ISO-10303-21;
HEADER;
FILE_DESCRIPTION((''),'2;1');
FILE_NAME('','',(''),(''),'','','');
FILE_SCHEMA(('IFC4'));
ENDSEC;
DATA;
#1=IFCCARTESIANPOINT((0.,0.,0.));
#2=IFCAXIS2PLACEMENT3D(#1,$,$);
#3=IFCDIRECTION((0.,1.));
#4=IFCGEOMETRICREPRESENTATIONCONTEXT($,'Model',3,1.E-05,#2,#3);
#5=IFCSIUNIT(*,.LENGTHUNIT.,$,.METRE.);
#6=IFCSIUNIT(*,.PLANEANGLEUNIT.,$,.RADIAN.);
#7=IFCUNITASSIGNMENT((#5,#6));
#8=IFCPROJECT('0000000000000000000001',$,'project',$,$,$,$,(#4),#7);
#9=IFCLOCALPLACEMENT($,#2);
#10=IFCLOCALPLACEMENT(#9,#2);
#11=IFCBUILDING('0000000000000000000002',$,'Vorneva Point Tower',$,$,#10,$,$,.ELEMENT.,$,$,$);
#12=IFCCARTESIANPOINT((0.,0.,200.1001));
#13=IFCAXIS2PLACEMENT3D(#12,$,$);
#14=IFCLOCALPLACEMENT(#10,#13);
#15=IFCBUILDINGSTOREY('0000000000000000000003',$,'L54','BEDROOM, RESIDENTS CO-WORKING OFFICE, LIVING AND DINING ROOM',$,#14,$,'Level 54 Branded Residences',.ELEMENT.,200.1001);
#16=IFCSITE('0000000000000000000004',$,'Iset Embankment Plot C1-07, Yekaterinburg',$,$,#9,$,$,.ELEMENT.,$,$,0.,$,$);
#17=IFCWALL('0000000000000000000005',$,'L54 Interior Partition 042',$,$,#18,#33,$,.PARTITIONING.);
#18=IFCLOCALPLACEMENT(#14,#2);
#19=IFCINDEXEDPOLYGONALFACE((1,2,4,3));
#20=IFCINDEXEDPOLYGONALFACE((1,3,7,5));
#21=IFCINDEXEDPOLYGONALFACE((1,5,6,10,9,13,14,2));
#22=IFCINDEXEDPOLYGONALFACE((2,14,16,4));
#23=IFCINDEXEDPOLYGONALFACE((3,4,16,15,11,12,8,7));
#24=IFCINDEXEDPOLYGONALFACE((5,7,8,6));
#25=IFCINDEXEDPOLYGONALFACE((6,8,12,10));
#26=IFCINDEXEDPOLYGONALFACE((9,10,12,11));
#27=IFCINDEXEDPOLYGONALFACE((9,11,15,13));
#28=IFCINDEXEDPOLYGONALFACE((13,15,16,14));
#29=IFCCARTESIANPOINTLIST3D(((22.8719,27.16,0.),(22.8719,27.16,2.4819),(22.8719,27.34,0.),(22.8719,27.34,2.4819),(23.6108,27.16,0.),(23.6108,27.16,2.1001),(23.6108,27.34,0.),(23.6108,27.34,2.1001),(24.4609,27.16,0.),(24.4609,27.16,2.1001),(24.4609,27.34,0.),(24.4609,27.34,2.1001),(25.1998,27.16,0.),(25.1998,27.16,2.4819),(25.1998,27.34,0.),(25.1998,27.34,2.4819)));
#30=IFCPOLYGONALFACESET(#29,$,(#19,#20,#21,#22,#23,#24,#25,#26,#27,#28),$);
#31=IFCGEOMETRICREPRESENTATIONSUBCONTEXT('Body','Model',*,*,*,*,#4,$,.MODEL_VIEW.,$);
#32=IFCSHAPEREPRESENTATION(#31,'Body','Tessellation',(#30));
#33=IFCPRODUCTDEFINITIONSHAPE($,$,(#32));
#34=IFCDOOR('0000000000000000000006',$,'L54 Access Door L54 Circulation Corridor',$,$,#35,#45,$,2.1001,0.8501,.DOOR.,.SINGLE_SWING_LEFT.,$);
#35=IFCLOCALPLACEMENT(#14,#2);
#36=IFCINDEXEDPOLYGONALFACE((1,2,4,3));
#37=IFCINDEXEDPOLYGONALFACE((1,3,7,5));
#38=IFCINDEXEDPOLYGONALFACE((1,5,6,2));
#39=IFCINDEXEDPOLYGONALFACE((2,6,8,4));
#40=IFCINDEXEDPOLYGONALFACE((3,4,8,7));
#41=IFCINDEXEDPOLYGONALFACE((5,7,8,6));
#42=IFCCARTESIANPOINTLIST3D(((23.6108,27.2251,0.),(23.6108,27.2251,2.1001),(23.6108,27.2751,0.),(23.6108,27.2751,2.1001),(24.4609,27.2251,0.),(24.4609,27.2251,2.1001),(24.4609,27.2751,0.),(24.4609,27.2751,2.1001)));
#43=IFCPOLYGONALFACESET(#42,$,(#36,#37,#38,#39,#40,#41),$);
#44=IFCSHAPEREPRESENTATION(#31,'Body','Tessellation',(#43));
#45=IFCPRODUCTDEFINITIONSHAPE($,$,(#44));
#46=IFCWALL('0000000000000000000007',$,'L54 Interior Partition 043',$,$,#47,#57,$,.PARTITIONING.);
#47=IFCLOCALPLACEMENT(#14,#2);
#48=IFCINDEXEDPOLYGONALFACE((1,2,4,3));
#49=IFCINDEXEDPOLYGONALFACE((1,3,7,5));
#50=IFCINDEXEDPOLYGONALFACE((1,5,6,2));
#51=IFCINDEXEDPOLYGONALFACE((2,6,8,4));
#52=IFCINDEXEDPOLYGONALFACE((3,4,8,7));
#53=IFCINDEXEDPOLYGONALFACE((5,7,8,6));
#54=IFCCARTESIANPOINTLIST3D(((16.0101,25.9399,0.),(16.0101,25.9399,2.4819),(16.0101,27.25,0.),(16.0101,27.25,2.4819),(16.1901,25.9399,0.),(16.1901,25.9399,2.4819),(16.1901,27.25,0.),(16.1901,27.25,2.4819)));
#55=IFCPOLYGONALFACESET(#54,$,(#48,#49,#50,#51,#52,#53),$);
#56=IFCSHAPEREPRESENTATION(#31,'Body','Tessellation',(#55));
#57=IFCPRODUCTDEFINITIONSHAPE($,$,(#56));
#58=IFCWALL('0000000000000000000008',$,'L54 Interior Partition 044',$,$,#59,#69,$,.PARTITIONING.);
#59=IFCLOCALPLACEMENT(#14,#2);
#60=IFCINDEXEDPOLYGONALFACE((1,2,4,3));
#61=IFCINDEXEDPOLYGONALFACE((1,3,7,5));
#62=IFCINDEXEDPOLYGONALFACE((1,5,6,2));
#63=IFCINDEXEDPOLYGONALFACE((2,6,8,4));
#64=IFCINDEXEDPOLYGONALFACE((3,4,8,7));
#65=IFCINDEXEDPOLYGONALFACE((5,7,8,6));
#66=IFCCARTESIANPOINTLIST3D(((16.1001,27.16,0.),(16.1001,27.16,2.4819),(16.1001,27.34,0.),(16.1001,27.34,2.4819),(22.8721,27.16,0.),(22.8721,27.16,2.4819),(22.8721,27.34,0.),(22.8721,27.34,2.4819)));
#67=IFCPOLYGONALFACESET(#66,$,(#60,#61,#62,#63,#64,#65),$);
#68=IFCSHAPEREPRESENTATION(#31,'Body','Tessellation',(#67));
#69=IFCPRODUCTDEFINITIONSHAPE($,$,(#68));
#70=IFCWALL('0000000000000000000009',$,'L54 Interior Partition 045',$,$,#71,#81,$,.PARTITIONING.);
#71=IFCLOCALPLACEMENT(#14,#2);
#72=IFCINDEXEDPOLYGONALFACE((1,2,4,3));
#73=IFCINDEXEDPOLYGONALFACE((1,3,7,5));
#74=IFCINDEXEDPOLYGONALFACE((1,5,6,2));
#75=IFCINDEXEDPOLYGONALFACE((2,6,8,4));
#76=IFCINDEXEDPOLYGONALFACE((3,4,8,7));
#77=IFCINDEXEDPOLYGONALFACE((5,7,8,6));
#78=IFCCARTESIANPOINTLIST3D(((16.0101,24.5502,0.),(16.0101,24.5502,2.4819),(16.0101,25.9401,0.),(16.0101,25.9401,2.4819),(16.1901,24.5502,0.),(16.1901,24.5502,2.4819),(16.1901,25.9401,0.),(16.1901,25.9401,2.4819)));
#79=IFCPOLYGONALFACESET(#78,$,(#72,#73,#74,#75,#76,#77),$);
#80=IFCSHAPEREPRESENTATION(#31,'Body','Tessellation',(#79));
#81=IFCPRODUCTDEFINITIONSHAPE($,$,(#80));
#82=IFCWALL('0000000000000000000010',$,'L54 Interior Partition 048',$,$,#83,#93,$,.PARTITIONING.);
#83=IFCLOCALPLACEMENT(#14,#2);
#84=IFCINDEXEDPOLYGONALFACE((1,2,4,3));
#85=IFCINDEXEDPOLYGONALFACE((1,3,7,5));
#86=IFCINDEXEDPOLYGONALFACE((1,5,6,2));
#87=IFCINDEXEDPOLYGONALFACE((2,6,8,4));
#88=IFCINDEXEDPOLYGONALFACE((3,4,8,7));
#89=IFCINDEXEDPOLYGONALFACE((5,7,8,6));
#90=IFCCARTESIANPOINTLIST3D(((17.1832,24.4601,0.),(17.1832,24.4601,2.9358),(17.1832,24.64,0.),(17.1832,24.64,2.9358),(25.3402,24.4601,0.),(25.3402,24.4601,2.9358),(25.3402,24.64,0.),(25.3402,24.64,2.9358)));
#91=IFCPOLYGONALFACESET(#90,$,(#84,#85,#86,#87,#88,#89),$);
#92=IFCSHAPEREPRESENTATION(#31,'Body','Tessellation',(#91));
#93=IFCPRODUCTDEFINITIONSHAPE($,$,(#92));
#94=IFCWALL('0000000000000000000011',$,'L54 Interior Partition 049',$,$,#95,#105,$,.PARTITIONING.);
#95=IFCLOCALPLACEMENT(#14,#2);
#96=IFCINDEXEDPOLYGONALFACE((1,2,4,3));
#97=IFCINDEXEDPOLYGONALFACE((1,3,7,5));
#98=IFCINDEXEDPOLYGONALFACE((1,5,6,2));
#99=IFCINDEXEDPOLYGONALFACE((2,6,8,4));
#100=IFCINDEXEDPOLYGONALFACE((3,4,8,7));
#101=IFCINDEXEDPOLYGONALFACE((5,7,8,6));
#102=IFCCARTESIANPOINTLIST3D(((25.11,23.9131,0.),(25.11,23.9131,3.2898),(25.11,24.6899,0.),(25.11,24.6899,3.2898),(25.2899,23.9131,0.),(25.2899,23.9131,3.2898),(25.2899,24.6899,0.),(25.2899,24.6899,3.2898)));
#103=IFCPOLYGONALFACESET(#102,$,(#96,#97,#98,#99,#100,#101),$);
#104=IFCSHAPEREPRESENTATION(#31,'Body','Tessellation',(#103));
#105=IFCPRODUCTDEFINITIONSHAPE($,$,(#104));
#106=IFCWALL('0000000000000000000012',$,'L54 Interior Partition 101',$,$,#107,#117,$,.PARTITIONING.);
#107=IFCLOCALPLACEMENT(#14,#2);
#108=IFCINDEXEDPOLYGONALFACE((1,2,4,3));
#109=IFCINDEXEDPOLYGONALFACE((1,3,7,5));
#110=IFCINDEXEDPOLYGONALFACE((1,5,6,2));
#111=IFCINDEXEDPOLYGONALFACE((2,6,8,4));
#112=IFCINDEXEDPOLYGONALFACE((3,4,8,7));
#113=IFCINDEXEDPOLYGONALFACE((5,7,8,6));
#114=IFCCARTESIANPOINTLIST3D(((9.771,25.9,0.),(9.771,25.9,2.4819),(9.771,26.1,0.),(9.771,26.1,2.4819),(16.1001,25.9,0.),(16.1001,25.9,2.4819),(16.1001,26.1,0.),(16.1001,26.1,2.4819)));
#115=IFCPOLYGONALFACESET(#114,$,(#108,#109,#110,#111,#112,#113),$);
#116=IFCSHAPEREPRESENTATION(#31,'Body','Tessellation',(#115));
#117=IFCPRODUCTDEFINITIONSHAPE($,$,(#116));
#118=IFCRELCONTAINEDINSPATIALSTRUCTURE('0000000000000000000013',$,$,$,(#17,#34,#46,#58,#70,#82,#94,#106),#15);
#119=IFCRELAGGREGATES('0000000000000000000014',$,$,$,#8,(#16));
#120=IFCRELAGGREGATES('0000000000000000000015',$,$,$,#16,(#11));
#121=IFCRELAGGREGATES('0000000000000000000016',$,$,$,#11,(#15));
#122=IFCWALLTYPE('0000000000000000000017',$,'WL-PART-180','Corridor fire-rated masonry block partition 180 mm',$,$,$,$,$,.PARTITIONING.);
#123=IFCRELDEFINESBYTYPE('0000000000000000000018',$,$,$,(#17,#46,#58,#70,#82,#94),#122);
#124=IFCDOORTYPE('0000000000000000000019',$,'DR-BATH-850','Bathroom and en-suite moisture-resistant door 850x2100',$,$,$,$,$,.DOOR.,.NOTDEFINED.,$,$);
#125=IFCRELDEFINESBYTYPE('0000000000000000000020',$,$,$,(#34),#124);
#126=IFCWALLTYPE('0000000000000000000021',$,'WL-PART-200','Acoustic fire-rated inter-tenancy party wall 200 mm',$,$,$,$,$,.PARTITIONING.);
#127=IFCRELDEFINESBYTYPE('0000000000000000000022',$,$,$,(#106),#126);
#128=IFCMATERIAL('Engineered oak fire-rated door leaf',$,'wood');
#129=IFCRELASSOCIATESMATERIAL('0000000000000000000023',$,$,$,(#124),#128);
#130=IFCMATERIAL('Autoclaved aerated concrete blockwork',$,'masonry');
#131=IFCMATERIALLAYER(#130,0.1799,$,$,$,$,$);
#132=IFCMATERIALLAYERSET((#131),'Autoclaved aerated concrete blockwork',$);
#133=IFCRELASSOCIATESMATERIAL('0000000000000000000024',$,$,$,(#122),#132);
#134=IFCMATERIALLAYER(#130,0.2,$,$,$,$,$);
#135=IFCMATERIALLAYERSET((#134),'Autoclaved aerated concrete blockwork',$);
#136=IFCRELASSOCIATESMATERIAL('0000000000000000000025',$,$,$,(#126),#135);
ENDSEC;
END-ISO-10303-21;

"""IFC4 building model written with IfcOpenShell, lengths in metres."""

from ifc_helpers import new_model, si_unit, direction, frame, frame_2d, origin, place, context, subcontext, project, spatial, rectangle, extrude, material, layer, layer_set, type_object, element, fill, save


model = new_model("IFC4")

# Units and contexts
model_context = context("Model", 3, precision=1e-05, world=origin(), true_north=direction((0.0, 1.0)))
body_context = subcontext(model_context, "Body", "Model", "MODEL_VIEW")
ifc_project = project(units=[si_unit("LENGTHUNIT", "METRE"), si_unit("PLANEANGLEUNIT", "RADIAN")], contexts=[model_context])

# Site, building, storey
site_placement = place(None, origin())
site = spatial("IfcSite", under=ifc_project, at=site_placement, Name="Iset Embankment Plot C1-07, Yekaterinburg", CompositionType="ELEMENT", RefElevation=0.0)
building_placement = place(site_placement, origin())
building = spatial("IfcBuilding", under=site, at=building_placement, Name="Vorneva Point Tower", CompositionType="ELEMENT")
storey_placement = place(building_placement, frame((0.0, 0.0, 200.1001)))
storey = spatial("IfcBuildingStorey", under=building, at=storey_placement, Name="L54", Description="BEDROOM, RESIDENTS CO-WORKING OFFICE, LIVING AND DINING ROOM", LongName="Level 54 Branded Residences", CompositionType="ELEMENT", Elevation=200.1001)

# Shared definitions
ifc_material_1 = material(Name="Engineered oak fire-rated door leaf", Category="wood")
door_type_1 = type_object("IfcDoorType", Name="DR-BATH-850", Description="Bathroom and en-suite moisture-resistant door 850x2100", OperationType="NOTDEFINED", PredefinedType="DOOR", material=ifc_material_1)

# Shared definitions
ifc_material_2 = material(Name="Autoclaved aerated concrete blockwork", Category="masonry")
ifc_layer_1 = layer(ifc_material_2, 0.1799)
ifc_layer_set_1 = layer_set([ifc_layer_1], Name="Autoclaved aerated concrete blockwork")
wall_type_1 = type_object("IfcWallType", Name="WL-PART-180", Description="Corridor fire-rated masonry block partition 180 mm", PredefinedType="PARTITIONING", material=ifc_layer_set_1)

# Wall, opening, door
wall_1_placement = place(storey_placement, frame((25.2, 27.25, 0.0), z_axis=(0.0, 0.0, 1.0), x_axis=(-1.0, 0.0, 0.0)))
wall_1 = element("IfcWall", 1, at=wall_1_placement, inside=storey, type_object=wall_type_1, Name="L54 Interior Partition 042", PredefinedType="PARTITIONING", context=body_context, shape_type="SweptSolid", body=[
    extrude(rectangle(XDim=2.3279, YDim=0.1799, at=frame_2d((1.1641, 0.0))), origin(), (0.0, 0.0, 1.0), 2.4819),
])
opening_1_placement = place(wall_1_placement, frame((0.739, 0.0, 0.0)))
opening_1 = element("IfcOpeningElement", 2, at=opening_1_placement, cuts=wall_1, PredefinedType="OPENING", context=body_context, shape_type="SweptSolid", body=[
    extrude(rectangle(XDim=0.8501, YDim=2.1001, at=frame_2d((0.425, 1.05))), frame((0.0, 0.105, 0.0), z_axis=(0.0, -1.0, 0.0), x_axis=(1.0, 0.0, 0.0)), (0.0, 0.0, 1.0), 0.2097),
])
door_1_placement = place(opening_1_placement, origin())
door_1 = element("IfcDoor", 3, at=door_1_placement, inside=storey, type_object=door_type_1, Name="L54 Access Door L54 Circulation Corridor", OperationType="SINGLE_SWING_LEFT", OverallHeight=2.1001, OverallWidth=0.8501, PredefinedType="DOOR", context=body_context, shape_type="SweptSolid", body=[
    extrude(rectangle(XDim=0.8501, YDim=2.1001, at=frame_2d((0.425, 1.05))), frame((0.0, 0.0249, 0.0), z_axis=(0.0, -1.0, 0.0), x_axis=(1.0, 0.0, 0.0)), (0.0, 0.0, 1.0), 0.05),
])
fill(opening_1, door_1)

# Walls
wall_2_placement = place(storey_placement, frame((16.1001, 27.25, 0.0), z_axis=(0.0, 0.0, 1.0), x_axis=(0.0, -1.0, 0.0)))
element("IfcWall", 4, at=wall_2_placement, inside=storey, type_object=wall_type_1, Name="L54 Interior Partition 043", PredefinedType="PARTITIONING", context=body_context, shape_type="SweptSolid", body=[
    extrude(rectangle(XDim=1.3101, YDim=0.1799, at=frame_2d((0.655, 0.0))), origin(), (0.0, 0.0, 1.0), 2.4819),
])
wall_3_placement = place(storey_placement, frame((22.8721, 27.25, 0.0), z_axis=(0.0, 0.0, 1.0), x_axis=(-1.0, 0.0, 0.0)))
element("IfcWall", 5, at=wall_3_placement, inside=storey, type_object=wall_type_1, Name="L54 Interior Partition 044", PredefinedType="PARTITIONING", context=body_context, shape_type="SweptSolid", body=[
    extrude(rectangle(XDim=6.772, YDim=0.1799, at=frame_2d((3.386, 0.0))), origin(), (0.0, 0.0, 1.0), 2.4819),
])
wall_4_placement = place(storey_placement, frame((16.1001, 25.9399, 0.0), z_axis=(0.0, 0.0, 1.0), x_axis=(0.0, -1.0, 0.0)))
element("IfcWall", 6, at=wall_4_placement, inside=storey, type_object=wall_type_1, Name="L54 Interior Partition 045", PredefinedType="PARTITIONING", context=body_context, shape_type="SweptSolid", body=[
    extrude(rectangle(XDim=1.3899, YDim=0.1799, at=frame_2d((0.6948, 0.0))), origin(), (0.0, 0.0, 1.0), 2.4819),
])
wall_5_placement = place(storey_placement, frame((17.1831, 24.55, 0.0), z_axis=(0.0, 0.0, 1.0), x_axis=(1.0, 0.0, 0.0)))
element("IfcWall", 7, at=wall_5_placement, inside=storey, type_object=wall_type_1, Name="L54 Interior Partition 048", PredefinedType="PARTITIONING", context=body_context, shape_type="SweptSolid", body=[
    extrude(rectangle(XDim=8.157, YDim=0.1799, at=frame_2d((4.0786, 0.0))), origin(), (0.0, 0.0, 1.0), 2.9358),
])
wall_6_placement = place(storey_placement, frame((25.2, 24.6899, 0.0), z_axis=(0.0, 0.0, 1.0), x_axis=(0.0, -1.0, 0.0)))
element("IfcWall", 8, at=wall_6_placement, inside=storey, type_object=wall_type_1, Name="L54 Interior Partition 049", PredefinedType="PARTITIONING", context=body_context, shape_type="SweptSolid", body=[
    extrude(rectangle(XDim=0.7769, YDim=0.1799, at=frame_2d((0.3884, 0.0))), origin(), (0.0, 0.0, 1.0), 3.2898),
])
ifc_layer_2 = layer(ifc_material_2, 0.2)
ifc_layer_set_2 = layer_set([ifc_layer_2], Name="Autoclaved aerated concrete blockwork")
wall_type_2 = type_object("IfcWallType", Name="WL-PART-200", Description="Acoustic fire-rated inter-tenancy party wall 200 mm", PredefinedType="PARTITIONING", material=ifc_layer_set_2)
wall_7_placement = place(storey_placement, frame((9.771, 26.0, 0.0), z_axis=(0.0, 0.0, 1.0), x_axis=(1.0, 0.0, 0.0)))
element("IfcWall", 9, at=wall_7_placement, inside=storey, type_object=wall_type_2, Name="L54 Interior Partition 101", PredefinedType="PARTITIONING", context=body_context, shape_type="SweptSolid", body=[
    extrude(rectangle(XDim=6.3291, YDim=0.2, at=frame_2d((3.1646, 0.0))), origin(), (0.0, 0.0, 1.0), 2.4819),
])

save(model, "model.ifc")
